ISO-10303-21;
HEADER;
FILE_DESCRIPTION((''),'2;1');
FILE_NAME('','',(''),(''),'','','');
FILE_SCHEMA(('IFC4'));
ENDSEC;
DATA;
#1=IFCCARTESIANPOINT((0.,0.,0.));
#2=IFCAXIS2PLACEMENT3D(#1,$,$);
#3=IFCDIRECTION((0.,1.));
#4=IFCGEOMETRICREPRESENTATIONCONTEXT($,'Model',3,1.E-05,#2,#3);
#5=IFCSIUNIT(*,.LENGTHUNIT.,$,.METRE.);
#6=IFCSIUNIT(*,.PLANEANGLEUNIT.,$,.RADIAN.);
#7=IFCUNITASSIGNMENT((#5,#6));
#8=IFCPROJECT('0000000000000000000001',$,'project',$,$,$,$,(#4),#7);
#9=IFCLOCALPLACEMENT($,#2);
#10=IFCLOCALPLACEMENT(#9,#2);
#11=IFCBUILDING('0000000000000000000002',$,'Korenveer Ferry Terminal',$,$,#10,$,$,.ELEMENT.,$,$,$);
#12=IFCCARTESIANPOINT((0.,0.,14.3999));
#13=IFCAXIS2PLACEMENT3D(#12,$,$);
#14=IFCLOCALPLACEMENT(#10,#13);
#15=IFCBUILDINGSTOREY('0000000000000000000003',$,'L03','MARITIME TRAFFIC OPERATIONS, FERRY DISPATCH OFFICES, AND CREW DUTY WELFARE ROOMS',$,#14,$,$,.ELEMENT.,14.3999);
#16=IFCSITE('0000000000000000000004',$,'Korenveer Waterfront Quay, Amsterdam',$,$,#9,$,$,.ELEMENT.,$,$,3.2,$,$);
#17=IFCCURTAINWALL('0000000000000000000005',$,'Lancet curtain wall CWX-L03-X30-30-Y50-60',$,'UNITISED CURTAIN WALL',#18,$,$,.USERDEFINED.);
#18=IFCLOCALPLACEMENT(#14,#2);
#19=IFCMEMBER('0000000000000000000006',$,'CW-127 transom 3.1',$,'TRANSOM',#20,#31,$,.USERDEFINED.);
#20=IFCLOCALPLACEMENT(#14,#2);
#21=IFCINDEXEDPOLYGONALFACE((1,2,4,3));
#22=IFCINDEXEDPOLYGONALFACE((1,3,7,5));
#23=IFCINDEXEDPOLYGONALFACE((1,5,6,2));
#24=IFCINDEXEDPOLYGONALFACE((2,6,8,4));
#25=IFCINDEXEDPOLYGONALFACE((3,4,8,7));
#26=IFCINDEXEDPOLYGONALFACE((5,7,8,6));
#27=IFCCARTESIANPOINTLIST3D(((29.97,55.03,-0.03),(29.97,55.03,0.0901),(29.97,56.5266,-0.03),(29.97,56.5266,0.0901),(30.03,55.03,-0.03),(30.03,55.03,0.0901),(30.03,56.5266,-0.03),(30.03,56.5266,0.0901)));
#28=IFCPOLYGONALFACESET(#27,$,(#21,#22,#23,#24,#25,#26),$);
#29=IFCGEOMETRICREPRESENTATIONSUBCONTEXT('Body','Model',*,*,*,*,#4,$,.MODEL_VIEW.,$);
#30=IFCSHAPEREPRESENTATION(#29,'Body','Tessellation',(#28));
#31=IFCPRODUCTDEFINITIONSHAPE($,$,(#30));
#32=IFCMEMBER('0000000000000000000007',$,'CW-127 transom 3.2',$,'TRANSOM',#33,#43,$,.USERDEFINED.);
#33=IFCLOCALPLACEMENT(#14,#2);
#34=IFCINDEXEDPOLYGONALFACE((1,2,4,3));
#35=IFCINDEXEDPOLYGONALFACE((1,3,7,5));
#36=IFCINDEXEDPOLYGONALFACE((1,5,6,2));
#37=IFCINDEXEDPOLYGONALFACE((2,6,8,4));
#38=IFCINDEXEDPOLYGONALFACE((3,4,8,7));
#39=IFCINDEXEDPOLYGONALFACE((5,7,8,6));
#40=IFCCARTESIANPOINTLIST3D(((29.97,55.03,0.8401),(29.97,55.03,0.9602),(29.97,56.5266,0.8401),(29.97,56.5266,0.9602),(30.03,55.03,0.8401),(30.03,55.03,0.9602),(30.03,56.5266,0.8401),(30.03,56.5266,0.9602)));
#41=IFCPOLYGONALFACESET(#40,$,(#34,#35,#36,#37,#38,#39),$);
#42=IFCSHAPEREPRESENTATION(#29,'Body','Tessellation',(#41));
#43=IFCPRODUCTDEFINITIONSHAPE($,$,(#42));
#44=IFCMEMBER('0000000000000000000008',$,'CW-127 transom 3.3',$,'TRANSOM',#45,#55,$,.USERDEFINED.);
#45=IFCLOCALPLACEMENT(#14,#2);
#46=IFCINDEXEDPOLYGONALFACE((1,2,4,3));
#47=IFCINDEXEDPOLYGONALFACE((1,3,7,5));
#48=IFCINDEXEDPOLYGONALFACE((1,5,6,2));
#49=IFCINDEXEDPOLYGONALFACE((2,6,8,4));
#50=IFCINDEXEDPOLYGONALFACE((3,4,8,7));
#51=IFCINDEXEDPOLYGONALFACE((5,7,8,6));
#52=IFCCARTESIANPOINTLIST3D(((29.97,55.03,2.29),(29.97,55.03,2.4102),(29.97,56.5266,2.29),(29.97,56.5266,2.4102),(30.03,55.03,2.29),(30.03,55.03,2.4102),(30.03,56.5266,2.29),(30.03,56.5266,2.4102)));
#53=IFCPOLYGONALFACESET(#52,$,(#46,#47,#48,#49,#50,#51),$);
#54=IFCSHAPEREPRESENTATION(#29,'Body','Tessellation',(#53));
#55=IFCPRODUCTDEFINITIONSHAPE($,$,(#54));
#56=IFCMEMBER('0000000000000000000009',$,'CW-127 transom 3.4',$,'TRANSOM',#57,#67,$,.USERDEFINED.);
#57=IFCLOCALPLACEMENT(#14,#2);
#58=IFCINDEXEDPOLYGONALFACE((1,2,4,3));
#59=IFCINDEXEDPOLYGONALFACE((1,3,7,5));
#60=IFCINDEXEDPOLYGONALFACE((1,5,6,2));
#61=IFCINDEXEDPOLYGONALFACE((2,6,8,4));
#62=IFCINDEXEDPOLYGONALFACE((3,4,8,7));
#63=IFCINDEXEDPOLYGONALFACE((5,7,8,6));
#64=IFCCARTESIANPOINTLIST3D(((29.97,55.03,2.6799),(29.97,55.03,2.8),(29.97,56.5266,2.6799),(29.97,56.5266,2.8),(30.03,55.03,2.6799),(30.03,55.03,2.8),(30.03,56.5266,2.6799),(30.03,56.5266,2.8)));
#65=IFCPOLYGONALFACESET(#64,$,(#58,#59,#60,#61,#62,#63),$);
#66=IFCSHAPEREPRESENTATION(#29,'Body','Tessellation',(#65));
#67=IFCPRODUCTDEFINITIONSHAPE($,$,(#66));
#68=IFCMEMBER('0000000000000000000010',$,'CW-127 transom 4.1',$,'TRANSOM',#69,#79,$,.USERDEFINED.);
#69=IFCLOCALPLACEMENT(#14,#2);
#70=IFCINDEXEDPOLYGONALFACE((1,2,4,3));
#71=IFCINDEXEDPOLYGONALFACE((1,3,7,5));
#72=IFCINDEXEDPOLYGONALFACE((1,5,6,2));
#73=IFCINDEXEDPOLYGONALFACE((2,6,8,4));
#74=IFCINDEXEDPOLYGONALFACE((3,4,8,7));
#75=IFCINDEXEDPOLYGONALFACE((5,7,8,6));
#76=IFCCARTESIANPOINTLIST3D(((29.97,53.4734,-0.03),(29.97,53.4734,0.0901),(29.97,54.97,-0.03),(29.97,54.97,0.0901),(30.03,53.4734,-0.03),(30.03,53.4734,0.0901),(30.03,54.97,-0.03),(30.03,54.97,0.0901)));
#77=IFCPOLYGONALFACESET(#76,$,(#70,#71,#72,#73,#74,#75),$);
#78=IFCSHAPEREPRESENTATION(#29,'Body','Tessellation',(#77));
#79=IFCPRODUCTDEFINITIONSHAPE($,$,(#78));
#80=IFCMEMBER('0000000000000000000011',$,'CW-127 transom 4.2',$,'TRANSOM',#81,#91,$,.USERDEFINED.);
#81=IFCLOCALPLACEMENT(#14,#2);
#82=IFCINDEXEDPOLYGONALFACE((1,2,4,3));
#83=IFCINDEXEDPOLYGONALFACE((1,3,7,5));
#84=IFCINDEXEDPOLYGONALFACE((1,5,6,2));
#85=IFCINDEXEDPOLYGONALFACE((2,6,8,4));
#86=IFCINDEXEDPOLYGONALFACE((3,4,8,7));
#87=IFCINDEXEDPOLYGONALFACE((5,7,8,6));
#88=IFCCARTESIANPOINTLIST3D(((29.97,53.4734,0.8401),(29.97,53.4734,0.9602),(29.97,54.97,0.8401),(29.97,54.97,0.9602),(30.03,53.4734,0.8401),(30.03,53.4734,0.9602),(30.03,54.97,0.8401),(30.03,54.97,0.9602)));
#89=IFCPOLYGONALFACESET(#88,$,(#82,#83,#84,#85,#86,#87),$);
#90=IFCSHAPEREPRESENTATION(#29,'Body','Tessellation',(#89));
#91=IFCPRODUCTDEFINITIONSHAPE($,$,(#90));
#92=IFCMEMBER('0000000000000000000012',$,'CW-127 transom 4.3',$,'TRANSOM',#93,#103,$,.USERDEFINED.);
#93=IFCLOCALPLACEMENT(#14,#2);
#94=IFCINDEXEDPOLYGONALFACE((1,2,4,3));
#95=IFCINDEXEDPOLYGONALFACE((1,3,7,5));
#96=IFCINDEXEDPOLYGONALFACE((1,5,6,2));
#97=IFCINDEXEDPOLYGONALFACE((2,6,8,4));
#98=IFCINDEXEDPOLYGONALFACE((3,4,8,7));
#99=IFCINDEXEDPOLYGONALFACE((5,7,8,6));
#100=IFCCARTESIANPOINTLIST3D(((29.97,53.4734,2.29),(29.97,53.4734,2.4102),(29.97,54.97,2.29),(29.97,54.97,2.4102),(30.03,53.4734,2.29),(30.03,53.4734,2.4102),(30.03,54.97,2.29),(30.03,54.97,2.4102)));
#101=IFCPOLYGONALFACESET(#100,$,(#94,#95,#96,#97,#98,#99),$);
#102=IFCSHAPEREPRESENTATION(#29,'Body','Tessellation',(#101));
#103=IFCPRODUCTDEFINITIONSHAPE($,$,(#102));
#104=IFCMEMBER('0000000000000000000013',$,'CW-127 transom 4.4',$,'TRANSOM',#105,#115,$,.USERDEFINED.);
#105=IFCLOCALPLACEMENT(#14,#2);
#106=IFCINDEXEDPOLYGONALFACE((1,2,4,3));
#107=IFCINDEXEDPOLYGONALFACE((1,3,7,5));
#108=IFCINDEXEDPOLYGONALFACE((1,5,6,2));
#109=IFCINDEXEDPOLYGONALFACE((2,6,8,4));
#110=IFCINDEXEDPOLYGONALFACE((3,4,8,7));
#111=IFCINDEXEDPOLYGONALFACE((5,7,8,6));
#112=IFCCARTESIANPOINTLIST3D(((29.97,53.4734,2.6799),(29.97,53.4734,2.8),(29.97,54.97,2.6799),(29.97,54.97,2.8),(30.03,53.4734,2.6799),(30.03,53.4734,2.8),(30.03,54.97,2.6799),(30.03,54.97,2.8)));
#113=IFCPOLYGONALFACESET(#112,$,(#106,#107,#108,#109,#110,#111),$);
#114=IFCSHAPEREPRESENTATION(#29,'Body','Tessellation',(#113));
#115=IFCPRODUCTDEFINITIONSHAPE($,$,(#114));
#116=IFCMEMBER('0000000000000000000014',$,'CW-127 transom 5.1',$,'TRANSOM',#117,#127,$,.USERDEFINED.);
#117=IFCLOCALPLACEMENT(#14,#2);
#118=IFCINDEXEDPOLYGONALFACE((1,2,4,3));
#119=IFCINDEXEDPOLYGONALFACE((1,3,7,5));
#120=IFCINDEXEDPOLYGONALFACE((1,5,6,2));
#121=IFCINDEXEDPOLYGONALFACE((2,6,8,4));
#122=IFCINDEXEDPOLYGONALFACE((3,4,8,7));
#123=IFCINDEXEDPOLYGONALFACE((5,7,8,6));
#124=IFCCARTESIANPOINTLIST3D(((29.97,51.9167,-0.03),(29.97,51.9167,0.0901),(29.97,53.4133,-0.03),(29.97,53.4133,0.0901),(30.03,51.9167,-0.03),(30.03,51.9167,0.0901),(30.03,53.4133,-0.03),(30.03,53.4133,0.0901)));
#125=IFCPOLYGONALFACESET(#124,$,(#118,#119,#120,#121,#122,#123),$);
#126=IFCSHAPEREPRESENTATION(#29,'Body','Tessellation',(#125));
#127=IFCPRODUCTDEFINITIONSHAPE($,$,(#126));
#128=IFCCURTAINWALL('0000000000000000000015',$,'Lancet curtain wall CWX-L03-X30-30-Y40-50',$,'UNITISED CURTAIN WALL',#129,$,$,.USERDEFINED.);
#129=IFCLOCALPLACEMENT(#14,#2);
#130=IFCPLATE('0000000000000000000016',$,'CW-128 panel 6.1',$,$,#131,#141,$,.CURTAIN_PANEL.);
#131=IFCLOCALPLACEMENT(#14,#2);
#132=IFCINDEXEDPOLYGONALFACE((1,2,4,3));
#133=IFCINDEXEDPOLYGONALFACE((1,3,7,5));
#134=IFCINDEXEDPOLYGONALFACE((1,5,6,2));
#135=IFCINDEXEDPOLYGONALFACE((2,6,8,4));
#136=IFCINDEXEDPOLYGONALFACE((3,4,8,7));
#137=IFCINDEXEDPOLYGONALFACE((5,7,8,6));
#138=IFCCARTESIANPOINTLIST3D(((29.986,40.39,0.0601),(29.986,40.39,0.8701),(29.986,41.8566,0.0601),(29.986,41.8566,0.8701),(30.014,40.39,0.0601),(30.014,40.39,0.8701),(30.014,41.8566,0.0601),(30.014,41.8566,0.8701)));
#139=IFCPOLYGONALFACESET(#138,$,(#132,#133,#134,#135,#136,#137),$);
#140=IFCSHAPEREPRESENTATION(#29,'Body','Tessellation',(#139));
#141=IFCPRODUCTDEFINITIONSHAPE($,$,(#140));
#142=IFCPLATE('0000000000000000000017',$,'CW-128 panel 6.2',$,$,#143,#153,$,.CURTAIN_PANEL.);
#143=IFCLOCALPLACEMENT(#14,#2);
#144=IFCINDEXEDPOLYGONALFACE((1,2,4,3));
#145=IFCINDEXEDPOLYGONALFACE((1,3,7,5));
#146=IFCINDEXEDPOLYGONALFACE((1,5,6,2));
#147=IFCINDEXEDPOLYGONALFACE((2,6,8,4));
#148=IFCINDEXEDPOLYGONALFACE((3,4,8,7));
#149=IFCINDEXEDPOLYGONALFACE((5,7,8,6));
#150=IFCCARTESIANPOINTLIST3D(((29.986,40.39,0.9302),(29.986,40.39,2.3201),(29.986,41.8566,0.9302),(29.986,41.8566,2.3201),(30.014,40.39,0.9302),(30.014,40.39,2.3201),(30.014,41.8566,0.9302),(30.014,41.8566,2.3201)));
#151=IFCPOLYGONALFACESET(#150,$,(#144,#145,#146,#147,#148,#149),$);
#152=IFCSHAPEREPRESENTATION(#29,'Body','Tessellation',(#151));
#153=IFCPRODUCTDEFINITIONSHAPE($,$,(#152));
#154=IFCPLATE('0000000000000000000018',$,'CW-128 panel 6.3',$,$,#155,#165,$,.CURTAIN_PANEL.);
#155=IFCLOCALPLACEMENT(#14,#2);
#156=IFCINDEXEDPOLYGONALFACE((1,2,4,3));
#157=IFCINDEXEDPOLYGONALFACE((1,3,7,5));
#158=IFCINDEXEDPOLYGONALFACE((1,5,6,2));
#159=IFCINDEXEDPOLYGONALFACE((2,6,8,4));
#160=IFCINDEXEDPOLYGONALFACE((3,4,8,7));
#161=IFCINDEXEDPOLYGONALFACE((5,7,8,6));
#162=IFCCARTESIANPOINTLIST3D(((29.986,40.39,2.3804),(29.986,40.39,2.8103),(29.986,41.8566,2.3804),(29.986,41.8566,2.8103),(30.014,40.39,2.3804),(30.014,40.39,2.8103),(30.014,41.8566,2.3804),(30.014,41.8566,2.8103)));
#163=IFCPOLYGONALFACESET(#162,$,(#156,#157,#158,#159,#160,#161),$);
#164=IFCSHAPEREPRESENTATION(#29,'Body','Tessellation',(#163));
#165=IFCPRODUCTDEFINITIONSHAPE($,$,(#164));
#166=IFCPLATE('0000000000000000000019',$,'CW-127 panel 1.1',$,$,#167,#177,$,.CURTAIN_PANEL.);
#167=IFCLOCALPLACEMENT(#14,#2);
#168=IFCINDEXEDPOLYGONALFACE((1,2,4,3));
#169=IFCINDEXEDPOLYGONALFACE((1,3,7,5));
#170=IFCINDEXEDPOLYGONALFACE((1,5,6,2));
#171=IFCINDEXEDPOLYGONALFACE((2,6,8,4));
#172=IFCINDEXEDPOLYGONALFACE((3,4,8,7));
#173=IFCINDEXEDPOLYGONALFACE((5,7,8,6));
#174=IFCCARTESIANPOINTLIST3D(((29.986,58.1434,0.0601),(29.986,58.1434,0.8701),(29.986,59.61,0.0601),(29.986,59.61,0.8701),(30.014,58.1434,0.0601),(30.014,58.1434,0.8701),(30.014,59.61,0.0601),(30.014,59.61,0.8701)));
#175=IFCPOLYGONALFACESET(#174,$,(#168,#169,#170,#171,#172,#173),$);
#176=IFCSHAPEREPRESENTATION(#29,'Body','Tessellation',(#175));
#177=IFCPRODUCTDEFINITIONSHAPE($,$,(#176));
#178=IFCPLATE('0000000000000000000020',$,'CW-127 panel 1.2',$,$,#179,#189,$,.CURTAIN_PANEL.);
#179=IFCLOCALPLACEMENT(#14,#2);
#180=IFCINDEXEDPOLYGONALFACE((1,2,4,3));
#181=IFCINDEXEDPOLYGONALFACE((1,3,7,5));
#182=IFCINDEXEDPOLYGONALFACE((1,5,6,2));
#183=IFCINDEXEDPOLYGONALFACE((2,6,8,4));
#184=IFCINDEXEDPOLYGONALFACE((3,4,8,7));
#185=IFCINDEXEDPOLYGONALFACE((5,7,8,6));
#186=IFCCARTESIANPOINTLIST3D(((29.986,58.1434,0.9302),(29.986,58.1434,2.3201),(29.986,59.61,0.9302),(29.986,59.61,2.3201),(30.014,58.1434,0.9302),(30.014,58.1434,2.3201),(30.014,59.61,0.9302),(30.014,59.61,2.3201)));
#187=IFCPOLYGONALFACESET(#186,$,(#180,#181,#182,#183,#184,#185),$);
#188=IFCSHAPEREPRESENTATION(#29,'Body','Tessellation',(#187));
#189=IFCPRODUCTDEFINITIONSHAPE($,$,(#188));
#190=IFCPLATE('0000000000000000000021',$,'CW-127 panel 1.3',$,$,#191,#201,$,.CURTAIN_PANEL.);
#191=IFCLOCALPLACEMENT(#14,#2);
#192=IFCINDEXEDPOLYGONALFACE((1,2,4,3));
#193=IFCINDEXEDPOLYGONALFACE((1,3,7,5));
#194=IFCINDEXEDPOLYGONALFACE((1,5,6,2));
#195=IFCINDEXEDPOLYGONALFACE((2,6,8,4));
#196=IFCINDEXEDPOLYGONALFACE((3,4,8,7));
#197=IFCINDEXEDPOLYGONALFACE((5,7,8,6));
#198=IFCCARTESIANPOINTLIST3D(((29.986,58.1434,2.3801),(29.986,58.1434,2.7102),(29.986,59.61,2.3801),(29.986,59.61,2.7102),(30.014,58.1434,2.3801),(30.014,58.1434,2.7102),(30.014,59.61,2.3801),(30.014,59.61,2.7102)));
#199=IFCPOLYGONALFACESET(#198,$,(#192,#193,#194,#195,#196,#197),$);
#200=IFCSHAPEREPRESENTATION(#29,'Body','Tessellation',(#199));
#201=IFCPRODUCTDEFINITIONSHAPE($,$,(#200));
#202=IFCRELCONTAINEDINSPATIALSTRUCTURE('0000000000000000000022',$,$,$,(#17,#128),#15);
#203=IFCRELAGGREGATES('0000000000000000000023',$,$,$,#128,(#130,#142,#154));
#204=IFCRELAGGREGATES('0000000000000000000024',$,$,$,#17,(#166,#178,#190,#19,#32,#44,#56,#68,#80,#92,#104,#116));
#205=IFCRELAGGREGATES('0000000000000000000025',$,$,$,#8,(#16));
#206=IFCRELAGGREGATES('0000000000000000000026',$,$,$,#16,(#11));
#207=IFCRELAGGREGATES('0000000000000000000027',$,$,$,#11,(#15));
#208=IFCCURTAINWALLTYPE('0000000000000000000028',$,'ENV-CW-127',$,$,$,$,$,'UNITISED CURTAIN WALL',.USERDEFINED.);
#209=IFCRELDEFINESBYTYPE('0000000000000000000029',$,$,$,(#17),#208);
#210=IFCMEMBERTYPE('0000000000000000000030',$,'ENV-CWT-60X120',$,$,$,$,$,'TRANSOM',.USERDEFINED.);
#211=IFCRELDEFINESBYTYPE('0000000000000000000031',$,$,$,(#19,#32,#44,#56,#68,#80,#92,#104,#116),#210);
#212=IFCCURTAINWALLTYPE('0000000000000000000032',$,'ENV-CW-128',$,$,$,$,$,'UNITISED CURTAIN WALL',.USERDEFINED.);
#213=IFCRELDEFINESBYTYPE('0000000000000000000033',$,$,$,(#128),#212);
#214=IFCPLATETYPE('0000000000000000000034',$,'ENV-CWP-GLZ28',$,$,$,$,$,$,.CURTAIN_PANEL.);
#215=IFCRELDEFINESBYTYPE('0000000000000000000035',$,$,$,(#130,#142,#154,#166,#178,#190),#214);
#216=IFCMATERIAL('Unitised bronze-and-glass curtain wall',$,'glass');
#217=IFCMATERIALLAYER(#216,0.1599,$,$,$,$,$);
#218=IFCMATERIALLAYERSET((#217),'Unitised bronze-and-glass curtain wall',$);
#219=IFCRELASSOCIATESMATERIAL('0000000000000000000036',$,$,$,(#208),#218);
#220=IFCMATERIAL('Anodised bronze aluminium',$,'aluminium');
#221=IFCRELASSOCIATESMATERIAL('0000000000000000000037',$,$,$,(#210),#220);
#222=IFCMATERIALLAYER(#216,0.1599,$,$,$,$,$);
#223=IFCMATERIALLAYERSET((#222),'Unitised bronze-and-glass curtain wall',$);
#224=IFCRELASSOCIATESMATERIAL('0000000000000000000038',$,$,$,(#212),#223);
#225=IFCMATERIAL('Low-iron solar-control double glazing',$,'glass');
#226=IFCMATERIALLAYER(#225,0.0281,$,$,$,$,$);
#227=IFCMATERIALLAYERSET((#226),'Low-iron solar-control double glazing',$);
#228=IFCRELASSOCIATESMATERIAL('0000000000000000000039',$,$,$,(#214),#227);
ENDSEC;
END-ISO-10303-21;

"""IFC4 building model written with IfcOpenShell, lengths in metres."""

from ifc_helpers import new_model, si_unit, direction, frame, origin, origin_2d, place, context, subcontext, project, spatial, rectangle, extrude, material, layer, layer_set, material_profile, profile_set, type_object, element, aggregate, save


model = new_model("IFC4")

# Units and contexts
model_context = context("Model", 3, precision=1e-05, world=origin(), true_north=direction((0.0, 1.0)))
body_context = subcontext(model_context, "Body", "Model", "MODEL_VIEW")
ifc_project = project(units=[si_unit("LENGTHUNIT", "METRE"), si_unit("PLANEANGLEUNIT", "RADIAN")], contexts=[model_context])

# Site, building, storey
site_placement = place(None, origin())
site = spatial("IfcSite", under=ifc_project, at=site_placement, Name="Korenveer Waterfront Quay, Amsterdam", CompositionType="ELEMENT", RefElevation=3.2)
building_placement = place(site_placement, origin())
building = spatial("IfcBuilding", under=site, at=building_placement, Name="Korenveer Ferry Terminal", CompositionType="ELEMENT")
storey_placement = place(building_placement, frame((0.0, 0.0, 14.3999)))
storey = spatial("IfcBuildingStorey", under=building, at=storey_placement, Name="L03", Description="MARITIME TRAFFIC OPERATIONS, FERRY DISPATCH OFFICES, AND CREW DUTY WELFARE ROOMS", CompositionType="ELEMENT", Elevation=14.3999)

# Curtain wall, members
ifc_material_1 = material(Name="Unitised bronze-and-glass curtain wall", Category="glass")
ifc_layer_1 = layer(ifc_material_1, 0.1599)
ifc_layer_set_1 = layer_set([ifc_layer_1], Name="Unitised bronze-and-glass curtain wall")
curtain_wall_type_1 = type_object("IfcCurtainWallType", Name="ENV-CW-127", ElementType="UNITISED CURTAIN WALL", PredefinedType="USERDEFINED", material=ifc_layer_set_1)
curtain_wall_1_placement = place(storey_placement, frame((30.0, 59.6699, 0.0)))
curtain_wall_1 = element("IfcCurtainWall", 1, at=curtain_wall_1_placement, inside=storey, type_object=curtain_wall_type_1, Name="Lancet curtain wall CWX-L03-X30-30-Y50-60", ObjectType="UNITISED CURTAIN WALL", PredefinedType="USERDEFINED")
ifc_material_2 = material(Name="Anodised bronze aluminium", Category="aluminium")
ifc_material_profile_1 = material_profile(ifc_material_2, rectangle(XDim=0.0601, YDim=0.1201, at=origin_2d()), Name="ALU 60x120")
ifc_profile_set_1 = profile_set([ifc_material_profile_1], Name="Anodised bronze aluminium")
member_type_1 = type_object("IfcMemberType", Name="ENV-CWT-60X120", ElementType="TRANSOM", PredefinedType="USERDEFINED", material=ifc_profile_set_1)
member_1_placement = place(storey_placement, frame((30.0, 56.5266, 0.03), z_axis=(0.0, -1.0, 0.0), x_axis=(1.0, 0.0, 0.0)))
member_1 = element("IfcMember", 2, at=member_1_placement, type_object=member_type_1, Name="CW-127 transom 3.1", ObjectType="TRANSOM", PredefinedType="USERDEFINED", context=body_context, shape_type="SweptSolid", body=[
    extrude(rectangle(XDim=0.0601, YDim=0.1201, at=origin_2d()), origin(), (0.0, 0.0, 1.0), 1.4966),
])
member_2_placement = place(storey_placement, frame((30.0, 56.5266, 0.9001), z_axis=(0.0, -1.0, 0.0), x_axis=(1.0, 0.0, 0.0)))
member_2 = element("IfcMember", 3, at=member_2_placement, type_object=member_type_1, Name="CW-127 transom 3.2", ObjectType="TRANSOM", PredefinedType="USERDEFINED", context=body_context, shape_type="SweptSolid", body=[
    extrude(rectangle(XDim=0.0601, YDim=0.1201, at=origin_2d()), origin(), (0.0, 0.0, 1.0), 1.4966),
])
member_3_placement = place(storey_placement, frame((30.0, 56.5266, 2.3501), z_axis=(0.0, -1.0, 0.0), x_axis=(1.0, 0.0, 0.0)))
member_3 = element("IfcMember", 4, at=member_3_placement, type_object=member_type_1, Name="CW-127 transom 3.3", ObjectType="TRANSOM", PredefinedType="USERDEFINED", context=body_context, shape_type="SweptSolid", body=[
    extrude(rectangle(XDim=0.0601, YDim=0.1201, at=origin_2d()), origin(), (0.0, 0.0, 1.0), 1.4966),
])
member_4_placement = place(storey_placement, frame((30.0, 56.5266, 2.74), z_axis=(0.0, -1.0, 0.0), x_axis=(1.0, 0.0, 0.0)))
member_4 = element("IfcMember", 5, at=member_4_placement, type_object=member_type_1, Name="CW-127 transom 3.4", ObjectType="TRANSOM", PredefinedType="USERDEFINED", context=body_context, shape_type="SweptSolid", body=[
    extrude(rectangle(XDim=0.0601, YDim=0.1201, at=origin_2d()), origin(), (0.0, 0.0, 1.0), 1.4966),
])
member_5_placement = place(storey_placement, frame((30.0, 54.97, 0.03), z_axis=(0.0, -1.0, 0.0), x_axis=(1.0, 0.0, 0.0)))
member_5 = element("IfcMember", 6, at=member_5_placement, type_object=member_type_1, Name="CW-127 transom 4.1", ObjectType="TRANSOM", PredefinedType="USERDEFINED", context=body_context, shape_type="SweptSolid", body=[
    extrude(rectangle(XDim=0.0601, YDim=0.1201, at=origin_2d()), origin(), (0.0, 0.0, 1.0), 1.4966),
])
member_6_placement = place(storey_placement, frame((30.0, 54.97, 0.9001), z_axis=(0.0, -1.0, 0.0), x_axis=(1.0, 0.0, 0.0)))
member_6 = element("IfcMember", 7, at=member_6_placement, type_object=member_type_1, Name="CW-127 transom 4.2", ObjectType="TRANSOM", PredefinedType="USERDEFINED", context=body_context, shape_type="SweptSolid", body=[
    extrude(rectangle(XDim=0.0601, YDim=0.1201, at=origin_2d()), origin(), (0.0, 0.0, 1.0), 1.4966),
])
member_7_placement = place(storey_placement, frame((30.0, 54.97, 2.3501), z_axis=(0.0, -1.0, 0.0), x_axis=(1.0, 0.0, 0.0)))
member_7 = element("IfcMember", 8, at=member_7_placement, type_object=member_type_1, Name="CW-127 transom 4.3", ObjectType="TRANSOM", PredefinedType="USERDEFINED", context=body_context, shape_type="SweptSolid", body=[
    extrude(rectangle(XDim=0.0601, YDim=0.1201, at=origin_2d()), origin(), (0.0, 0.0, 1.0), 1.4966),
])
member_8_placement = place(storey_placement, frame((30.0, 54.97, 2.74), z_axis=(0.0, -1.0, 0.0), x_axis=(1.0, 0.0, 0.0)))
member_8 = element("IfcMember", 9, at=member_8_placement, type_object=member_type_1, Name="CW-127 transom 4.4", ObjectType="TRANSOM", PredefinedType="USERDEFINED", context=body_context, shape_type="SweptSolid", body=[
    extrude(rectangle(XDim=0.0601, YDim=0.1201, at=origin_2d()), origin(), (0.0, 0.0, 1.0), 1.4966),
])
member_9_placement = place(storey_placement, frame((30.0, 53.4133, 0.03), z_axis=(0.0, -1.0, 0.0), x_axis=(1.0, 0.0, 0.0)))
member_9 = element("IfcMember", 10, at=member_9_placement, type_object=member_type_1, Name="CW-127 transom 5.1", ObjectType="TRANSOM", PredefinedType="USERDEFINED", context=body_context, shape_type="SweptSolid", body=[
    extrude(rectangle(XDim=0.0601, YDim=0.1201, at=origin_2d()), origin(), (0.0, 0.0, 1.0), 1.4966),
])

# Curtain wall, plates
ifc_layer_2 = layer(ifc_material_1, 0.1599)
ifc_layer_set_2 = layer_set([ifc_layer_2], Name="Unitised bronze-and-glass curtain wall")
curtain_wall_type_2 = type_object("IfcCurtainWallType", Name="ENV-CW-128", ElementType="UNITISED CURTAIN WALL", PredefinedType="USERDEFINED", material=ifc_layer_set_2)
curtain_wall_2_placement = place(storey_placement, frame((30.0, 49.6699, 0.0)))
curtain_wall_2 = element("IfcCurtainWall", 11, at=curtain_wall_2_placement, inside=storey, type_object=curtain_wall_type_2, Name="Lancet curtain wall CWX-L03-X30-30-Y40-50", ObjectType="UNITISED CURTAIN WALL", PredefinedType="USERDEFINED")
ifc_material_3 = material(Name="Low-iron solar-control double glazing", Category="glass")
ifc_layer_3 = layer(ifc_material_3, 0.0281)
ifc_layer_set_3 = layer_set([ifc_layer_3], Name="Low-iron solar-control double glazing")
plate_type = type_object("IfcPlateType", Name="ENV-CWP-GLZ28", PredefinedType="CURTAIN_PANEL", material=ifc_layer_set_3)
plate_1_placement = place(storey_placement, frame((30.0, 41.1233, 0.0601), z_axis=(0.0, 0.0, 1.0), x_axis=(0.0, -1.0, 0.0)))
plate_1 = element("IfcPlate", 12, at=plate_1_placement, type_object=plate_type, Name="CW-128 panel 6.1", PredefinedType="CURTAIN_PANEL", context=body_context, shape_type="SweptSolid", body=[
    extrude(rectangle(XDim=1.4666, YDim=0.0281, at=origin_2d()), origin(), (0.0, 0.0, 1.0), 0.8101),
])
plate_2_placement = place(storey_placement, frame((30.0, 41.1233, 0.9302), z_axis=(0.0, 0.0, 1.0), x_axis=(0.0, -1.0, 0.0)))
plate_2 = element("IfcPlate", 13, at=plate_2_placement, type_object=plate_type, Name="CW-128 panel 6.2", PredefinedType="CURTAIN_PANEL", context=body_context, shape_type="SweptSolid", body=[
    extrude(rectangle(XDim=1.4666, YDim=0.0281, at=origin_2d()), origin(), (0.0, 0.0, 1.0), 1.3899),
])
plate_3_placement = place(storey_placement, frame((30.0, 41.1233, 2.3804), z_axis=(0.0, 0.0, 1.0), x_axis=(0.0, -1.0, 0.0)))
plate_3 = element("IfcPlate", 14, at=plate_3_placement, type_object=plate_type, Name="CW-128 panel 6.3", PredefinedType="CURTAIN_PANEL", context=body_context, shape_type="SweptSolid", body=[
    extrude(rectangle(XDim=1.4666, YDim=0.0281, at=origin_2d()), origin(), (0.0, 0.0, 1.0), 0.4299),
])
aggregate(curtain_wall_2, [plate_1, plate_2, plate_3])

# Plates
plate_4_placement = place(storey_placement, frame((30.0, 58.8767, 0.0601), z_axis=(0.0, 0.0, 1.0), x_axis=(0.0, -1.0, 0.0)))
plate_4 = element("IfcPlate", 15, at=plate_4_placement, type_object=plate_type, Name="CW-127 panel 1.1", PredefinedType="CURTAIN_PANEL", context=body_context, shape_type="SweptSolid", body=[
    extrude(rectangle(XDim=1.4666, YDim=0.0281, at=origin_2d()), origin(), (0.0, 0.0, 1.0), 0.8101),
])
plate_5_placement = place(storey_placement, frame((30.0, 58.8767, 0.9302), z_axis=(0.0, 0.0, 1.0), x_axis=(0.0, -1.0, 0.0)))
plate_5 = element("IfcPlate", 16, at=plate_5_placement, type_object=plate_type, Name="CW-127 panel 1.2", PredefinedType="CURTAIN_PANEL", context=body_context, shape_type="SweptSolid", body=[
    extrude(rectangle(XDim=1.4666, YDim=0.0281, at=origin_2d()), origin(), (0.0, 0.0, 1.0), 1.3899),
])
plate_6_placement = place(storey_placement, frame((30.0, 58.8767, 2.3801), z_axis=(0.0, 0.0, 1.0), x_axis=(0.0, -1.0, 0.0)))
plate_6 = element("IfcPlate", 17, at=plate_6_placement, type_object=plate_type, Name="CW-127 panel 1.3", PredefinedType="CURTAIN_PANEL", context=body_context, shape_type="SweptSolid", body=[
    extrude(rectangle(XDim=1.4666, YDim=0.0281, at=origin_2d()), origin(), (0.0, 0.0, 1.0), 0.3301),
])
aggregate(curtain_wall_1, [plate_4, plate_5, plate_6, member_1, member_2, member_3, member_4, member_5, member_6, member_7, member_8, member_9])

save(model, "model.ifc")
